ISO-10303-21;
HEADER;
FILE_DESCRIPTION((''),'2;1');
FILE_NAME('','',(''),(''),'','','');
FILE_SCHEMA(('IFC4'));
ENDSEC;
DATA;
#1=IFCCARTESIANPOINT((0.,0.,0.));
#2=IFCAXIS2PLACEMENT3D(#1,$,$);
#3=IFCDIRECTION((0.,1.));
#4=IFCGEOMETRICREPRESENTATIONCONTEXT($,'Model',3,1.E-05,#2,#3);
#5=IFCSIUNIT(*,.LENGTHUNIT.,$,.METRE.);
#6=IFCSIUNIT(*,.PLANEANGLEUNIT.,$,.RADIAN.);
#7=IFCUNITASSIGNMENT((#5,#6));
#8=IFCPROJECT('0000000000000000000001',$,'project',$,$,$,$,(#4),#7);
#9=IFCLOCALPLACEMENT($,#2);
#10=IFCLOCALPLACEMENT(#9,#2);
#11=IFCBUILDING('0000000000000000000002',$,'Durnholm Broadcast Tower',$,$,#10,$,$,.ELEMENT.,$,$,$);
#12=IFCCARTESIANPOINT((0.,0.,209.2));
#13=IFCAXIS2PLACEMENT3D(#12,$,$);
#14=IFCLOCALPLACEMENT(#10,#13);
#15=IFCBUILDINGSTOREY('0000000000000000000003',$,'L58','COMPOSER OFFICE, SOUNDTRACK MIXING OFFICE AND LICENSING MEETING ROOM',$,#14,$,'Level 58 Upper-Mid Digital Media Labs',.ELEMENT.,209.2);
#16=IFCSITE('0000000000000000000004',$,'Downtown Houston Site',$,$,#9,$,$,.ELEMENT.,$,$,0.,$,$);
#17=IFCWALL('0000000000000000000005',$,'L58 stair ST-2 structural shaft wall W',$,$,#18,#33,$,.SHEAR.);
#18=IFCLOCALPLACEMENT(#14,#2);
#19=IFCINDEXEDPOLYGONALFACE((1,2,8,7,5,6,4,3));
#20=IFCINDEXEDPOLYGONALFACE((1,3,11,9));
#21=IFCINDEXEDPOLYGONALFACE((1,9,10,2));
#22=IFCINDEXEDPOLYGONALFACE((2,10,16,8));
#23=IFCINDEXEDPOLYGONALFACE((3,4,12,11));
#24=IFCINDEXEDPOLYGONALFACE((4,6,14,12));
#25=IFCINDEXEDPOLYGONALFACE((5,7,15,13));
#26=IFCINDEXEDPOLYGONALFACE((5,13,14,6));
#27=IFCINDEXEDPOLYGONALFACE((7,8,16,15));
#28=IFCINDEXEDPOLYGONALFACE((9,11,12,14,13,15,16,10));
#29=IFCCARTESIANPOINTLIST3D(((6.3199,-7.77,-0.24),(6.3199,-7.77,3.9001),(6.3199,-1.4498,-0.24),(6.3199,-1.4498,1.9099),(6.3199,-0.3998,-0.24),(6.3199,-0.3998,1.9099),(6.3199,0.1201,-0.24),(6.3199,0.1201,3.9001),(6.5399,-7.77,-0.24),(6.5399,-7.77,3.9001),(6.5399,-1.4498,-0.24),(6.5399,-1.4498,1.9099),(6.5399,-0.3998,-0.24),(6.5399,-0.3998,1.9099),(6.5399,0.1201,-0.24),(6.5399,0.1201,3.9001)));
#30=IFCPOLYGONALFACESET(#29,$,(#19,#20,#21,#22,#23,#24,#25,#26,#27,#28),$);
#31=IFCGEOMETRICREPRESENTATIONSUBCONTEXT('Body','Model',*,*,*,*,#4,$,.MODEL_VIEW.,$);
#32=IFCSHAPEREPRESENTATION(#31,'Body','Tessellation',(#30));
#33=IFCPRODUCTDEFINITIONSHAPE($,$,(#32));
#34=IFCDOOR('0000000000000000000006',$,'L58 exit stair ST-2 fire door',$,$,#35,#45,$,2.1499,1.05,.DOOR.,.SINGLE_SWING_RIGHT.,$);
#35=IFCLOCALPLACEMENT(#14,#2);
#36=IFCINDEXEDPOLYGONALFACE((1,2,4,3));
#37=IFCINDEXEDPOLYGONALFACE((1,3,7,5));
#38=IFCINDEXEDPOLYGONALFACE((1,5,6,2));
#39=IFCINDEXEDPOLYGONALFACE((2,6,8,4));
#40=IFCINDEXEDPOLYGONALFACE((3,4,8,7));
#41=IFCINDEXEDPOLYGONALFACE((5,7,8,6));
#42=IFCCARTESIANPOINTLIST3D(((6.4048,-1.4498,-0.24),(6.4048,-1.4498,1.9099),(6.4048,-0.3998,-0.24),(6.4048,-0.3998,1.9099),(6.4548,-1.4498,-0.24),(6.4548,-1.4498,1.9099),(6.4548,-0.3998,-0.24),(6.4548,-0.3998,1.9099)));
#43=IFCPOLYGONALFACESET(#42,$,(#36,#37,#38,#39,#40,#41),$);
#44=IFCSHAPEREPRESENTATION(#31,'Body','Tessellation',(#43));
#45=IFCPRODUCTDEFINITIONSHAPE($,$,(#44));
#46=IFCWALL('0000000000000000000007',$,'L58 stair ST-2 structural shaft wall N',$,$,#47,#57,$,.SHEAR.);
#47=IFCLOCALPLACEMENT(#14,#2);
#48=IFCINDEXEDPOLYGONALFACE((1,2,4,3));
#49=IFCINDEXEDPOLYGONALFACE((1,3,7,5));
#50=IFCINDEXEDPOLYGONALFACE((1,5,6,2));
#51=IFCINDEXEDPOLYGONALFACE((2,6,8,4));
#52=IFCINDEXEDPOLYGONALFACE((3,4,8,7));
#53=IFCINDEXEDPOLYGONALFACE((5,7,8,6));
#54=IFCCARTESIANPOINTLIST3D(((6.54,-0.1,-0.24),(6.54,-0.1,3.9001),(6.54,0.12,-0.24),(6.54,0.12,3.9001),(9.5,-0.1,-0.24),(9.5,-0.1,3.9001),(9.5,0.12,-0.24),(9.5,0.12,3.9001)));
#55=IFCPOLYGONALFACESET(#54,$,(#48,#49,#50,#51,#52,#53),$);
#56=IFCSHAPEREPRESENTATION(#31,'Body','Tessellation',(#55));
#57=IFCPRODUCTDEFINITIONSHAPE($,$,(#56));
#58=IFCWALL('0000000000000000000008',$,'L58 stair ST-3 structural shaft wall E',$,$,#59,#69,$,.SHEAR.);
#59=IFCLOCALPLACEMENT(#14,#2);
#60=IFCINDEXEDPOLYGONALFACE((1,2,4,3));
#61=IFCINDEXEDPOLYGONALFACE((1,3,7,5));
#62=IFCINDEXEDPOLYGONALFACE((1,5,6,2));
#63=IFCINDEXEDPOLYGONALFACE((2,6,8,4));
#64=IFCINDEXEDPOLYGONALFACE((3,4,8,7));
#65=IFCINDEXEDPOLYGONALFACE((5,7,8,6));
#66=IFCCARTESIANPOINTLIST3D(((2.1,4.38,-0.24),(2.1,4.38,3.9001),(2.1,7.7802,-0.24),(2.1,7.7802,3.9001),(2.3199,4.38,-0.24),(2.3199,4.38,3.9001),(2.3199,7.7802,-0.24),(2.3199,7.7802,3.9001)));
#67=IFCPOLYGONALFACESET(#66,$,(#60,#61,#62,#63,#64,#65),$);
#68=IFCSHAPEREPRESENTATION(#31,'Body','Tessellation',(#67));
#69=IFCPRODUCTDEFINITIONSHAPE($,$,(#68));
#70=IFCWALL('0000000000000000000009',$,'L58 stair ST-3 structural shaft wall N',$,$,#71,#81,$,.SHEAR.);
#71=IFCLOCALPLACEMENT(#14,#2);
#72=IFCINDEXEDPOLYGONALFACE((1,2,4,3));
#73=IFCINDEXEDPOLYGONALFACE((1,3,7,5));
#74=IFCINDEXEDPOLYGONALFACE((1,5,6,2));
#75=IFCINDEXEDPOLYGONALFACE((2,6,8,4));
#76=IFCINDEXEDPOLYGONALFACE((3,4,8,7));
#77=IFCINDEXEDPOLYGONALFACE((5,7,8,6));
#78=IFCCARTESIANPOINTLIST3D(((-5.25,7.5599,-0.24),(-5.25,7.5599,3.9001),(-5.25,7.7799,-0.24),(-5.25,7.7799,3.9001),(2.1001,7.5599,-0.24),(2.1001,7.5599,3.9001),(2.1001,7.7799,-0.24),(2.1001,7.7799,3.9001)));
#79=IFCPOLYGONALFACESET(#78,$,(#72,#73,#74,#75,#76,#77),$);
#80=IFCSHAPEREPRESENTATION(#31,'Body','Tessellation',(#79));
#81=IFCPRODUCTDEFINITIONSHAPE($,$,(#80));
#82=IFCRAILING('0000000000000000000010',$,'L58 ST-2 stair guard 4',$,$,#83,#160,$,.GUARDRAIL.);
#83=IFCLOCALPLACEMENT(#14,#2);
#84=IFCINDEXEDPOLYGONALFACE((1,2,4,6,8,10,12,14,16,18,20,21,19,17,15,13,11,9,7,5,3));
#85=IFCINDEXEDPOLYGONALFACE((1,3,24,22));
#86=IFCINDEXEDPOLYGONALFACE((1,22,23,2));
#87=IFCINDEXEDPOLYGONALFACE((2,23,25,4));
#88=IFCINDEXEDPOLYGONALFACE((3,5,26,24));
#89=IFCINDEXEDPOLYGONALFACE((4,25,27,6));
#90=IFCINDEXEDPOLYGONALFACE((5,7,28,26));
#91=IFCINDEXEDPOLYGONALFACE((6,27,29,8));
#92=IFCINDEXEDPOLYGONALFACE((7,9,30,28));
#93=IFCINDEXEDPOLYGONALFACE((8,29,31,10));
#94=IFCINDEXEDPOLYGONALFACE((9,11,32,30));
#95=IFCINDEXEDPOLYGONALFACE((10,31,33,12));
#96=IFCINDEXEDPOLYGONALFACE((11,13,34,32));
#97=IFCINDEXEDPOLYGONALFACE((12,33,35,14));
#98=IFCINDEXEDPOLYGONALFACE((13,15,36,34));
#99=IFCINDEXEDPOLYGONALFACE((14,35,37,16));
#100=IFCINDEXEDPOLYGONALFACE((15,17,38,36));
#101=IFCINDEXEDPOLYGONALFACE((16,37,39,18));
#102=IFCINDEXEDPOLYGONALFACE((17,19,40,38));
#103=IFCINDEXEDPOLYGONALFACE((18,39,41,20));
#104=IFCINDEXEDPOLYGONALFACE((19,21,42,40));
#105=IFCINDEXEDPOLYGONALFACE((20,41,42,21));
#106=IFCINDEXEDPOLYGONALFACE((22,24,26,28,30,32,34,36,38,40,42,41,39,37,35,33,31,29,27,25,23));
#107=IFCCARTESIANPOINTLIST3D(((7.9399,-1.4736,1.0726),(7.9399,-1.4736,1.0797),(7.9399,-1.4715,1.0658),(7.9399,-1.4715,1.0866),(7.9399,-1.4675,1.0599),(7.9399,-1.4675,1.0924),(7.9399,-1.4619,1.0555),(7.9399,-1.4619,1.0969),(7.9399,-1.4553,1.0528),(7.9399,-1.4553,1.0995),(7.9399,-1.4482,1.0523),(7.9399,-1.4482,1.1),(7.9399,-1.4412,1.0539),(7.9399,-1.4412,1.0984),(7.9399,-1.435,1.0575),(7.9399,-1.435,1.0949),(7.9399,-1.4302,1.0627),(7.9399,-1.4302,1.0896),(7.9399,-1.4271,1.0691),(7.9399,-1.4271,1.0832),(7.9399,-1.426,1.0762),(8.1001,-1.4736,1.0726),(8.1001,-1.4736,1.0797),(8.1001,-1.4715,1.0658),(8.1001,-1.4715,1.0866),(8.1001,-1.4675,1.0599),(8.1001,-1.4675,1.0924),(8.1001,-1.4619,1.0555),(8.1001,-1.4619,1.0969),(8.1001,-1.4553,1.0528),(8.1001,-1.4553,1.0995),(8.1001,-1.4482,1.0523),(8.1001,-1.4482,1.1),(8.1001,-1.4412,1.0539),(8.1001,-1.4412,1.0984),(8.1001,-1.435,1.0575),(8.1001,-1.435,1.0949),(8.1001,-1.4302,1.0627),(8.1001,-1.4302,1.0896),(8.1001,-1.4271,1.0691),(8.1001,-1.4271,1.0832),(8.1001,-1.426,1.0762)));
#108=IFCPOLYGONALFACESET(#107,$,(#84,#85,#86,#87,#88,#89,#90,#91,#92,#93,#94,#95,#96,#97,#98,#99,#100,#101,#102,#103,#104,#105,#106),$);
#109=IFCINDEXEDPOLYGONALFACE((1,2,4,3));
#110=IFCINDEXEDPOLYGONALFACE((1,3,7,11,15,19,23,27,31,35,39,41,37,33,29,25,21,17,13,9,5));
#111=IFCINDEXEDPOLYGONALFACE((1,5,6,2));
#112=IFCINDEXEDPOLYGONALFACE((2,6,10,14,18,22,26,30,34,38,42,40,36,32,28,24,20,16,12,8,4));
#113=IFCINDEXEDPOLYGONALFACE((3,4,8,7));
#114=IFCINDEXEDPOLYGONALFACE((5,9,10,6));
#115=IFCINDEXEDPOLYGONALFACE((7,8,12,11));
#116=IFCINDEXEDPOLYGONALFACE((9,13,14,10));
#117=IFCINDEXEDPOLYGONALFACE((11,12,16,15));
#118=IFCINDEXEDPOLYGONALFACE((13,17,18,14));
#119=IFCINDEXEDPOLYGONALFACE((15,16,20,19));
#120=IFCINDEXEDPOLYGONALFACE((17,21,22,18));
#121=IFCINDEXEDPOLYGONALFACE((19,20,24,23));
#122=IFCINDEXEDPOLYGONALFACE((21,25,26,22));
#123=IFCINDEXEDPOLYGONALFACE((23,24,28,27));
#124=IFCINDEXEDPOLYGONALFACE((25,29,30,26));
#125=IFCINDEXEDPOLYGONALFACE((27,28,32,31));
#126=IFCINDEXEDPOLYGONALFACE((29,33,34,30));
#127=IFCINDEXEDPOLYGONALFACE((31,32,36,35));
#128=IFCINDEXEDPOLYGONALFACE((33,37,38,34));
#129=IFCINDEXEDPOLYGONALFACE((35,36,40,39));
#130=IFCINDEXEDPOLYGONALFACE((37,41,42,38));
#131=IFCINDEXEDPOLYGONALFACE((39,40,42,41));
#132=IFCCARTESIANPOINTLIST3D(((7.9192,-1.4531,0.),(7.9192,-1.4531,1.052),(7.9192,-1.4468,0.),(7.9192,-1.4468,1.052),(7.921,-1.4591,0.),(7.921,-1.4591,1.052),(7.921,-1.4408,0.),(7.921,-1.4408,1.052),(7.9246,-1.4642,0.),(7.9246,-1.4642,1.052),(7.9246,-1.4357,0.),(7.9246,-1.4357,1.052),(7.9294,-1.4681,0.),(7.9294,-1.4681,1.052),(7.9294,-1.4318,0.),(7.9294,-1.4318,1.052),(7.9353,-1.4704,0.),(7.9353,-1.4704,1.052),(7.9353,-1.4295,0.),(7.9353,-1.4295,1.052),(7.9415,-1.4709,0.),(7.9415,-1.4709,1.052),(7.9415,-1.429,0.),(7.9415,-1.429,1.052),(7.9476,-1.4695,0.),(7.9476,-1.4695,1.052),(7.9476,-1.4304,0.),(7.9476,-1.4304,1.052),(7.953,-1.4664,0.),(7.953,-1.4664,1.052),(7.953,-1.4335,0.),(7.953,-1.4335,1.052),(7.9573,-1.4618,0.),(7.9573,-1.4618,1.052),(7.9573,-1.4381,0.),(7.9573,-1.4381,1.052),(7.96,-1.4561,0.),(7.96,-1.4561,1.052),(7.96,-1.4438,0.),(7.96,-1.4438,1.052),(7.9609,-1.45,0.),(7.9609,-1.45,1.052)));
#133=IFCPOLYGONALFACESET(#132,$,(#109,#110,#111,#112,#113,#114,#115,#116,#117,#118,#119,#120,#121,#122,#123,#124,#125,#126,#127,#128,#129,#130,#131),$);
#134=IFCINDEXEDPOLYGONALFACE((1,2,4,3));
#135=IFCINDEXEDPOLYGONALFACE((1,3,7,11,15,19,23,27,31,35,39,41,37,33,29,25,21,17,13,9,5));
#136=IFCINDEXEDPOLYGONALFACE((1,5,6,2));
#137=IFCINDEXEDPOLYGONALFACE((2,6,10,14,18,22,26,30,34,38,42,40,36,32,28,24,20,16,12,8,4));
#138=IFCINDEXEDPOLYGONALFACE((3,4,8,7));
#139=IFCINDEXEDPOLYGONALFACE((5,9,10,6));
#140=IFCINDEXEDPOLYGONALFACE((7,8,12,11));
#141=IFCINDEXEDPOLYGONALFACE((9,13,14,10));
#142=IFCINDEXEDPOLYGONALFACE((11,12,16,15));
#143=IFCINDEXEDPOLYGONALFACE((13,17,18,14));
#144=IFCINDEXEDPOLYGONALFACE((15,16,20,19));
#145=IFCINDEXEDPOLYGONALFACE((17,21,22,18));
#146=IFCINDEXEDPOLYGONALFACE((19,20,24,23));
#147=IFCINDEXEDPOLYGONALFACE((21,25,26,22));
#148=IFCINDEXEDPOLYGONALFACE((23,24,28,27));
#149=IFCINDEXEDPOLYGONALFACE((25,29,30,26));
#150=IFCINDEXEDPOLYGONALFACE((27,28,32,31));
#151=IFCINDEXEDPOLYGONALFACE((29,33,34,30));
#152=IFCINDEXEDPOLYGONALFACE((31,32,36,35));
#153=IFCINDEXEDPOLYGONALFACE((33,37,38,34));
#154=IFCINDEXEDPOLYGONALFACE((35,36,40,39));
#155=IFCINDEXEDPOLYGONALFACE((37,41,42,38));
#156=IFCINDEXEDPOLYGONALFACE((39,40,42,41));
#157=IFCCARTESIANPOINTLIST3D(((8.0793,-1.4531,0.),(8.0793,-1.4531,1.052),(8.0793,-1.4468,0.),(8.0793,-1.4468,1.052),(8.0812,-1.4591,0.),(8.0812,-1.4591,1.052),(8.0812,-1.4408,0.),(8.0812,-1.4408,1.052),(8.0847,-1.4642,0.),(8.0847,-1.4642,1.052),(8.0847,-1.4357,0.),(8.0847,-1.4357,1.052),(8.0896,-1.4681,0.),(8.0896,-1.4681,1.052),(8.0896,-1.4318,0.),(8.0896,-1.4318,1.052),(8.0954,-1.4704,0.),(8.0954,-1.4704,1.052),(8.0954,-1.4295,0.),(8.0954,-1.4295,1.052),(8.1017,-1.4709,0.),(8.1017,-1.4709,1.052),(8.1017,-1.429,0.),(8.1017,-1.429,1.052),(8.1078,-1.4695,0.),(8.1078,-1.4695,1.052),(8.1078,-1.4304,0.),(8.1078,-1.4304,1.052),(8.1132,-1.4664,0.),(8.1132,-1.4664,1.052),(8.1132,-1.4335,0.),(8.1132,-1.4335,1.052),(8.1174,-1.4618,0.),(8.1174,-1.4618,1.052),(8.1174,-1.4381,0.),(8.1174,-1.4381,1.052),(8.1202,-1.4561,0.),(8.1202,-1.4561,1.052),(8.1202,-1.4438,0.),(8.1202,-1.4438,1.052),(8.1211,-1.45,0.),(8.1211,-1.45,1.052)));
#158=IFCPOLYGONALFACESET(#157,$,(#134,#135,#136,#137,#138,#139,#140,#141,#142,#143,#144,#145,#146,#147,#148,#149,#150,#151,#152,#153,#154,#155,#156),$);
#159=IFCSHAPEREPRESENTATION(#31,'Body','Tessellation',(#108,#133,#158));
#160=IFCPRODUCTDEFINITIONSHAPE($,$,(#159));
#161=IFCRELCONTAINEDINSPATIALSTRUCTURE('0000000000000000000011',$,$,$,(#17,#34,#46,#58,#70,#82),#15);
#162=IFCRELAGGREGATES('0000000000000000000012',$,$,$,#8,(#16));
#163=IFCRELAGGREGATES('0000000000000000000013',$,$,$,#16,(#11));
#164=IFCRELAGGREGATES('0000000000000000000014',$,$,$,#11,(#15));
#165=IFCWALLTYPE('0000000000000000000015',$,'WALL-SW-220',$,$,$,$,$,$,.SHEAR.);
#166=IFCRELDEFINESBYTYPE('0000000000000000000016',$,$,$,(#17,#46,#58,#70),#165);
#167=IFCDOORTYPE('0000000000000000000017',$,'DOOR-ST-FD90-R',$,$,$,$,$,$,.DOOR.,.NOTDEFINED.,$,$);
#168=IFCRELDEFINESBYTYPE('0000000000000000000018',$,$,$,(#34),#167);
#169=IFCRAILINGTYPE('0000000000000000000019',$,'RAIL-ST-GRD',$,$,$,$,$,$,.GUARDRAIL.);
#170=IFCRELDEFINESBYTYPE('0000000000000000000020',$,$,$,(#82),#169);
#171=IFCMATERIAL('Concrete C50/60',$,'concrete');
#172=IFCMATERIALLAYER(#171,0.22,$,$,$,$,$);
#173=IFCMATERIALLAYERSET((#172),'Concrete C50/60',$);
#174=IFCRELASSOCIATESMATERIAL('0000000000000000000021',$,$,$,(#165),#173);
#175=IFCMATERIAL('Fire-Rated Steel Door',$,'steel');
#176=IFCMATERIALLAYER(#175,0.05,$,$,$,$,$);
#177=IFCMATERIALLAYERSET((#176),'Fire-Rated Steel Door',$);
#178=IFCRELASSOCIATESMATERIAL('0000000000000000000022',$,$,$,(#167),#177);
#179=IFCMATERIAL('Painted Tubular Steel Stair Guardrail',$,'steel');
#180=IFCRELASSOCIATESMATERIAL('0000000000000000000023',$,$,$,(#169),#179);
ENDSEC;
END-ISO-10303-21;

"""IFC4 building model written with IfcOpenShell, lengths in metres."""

from ifc_helpers import new_model, si_unit, direction, frame, frame_2d, origin, origin_2d, place, context, subcontext, project, spatial, rectangle, circle, extrude, source, transform, mapped, material, layer, layer_set, type_object, type_shapes, element, fill, save


model = new_model("IFC4")

# Units and contexts
model_context = context("Model", 3, precision=1e-05, world=origin(), true_north=direction((0.0, 1.0)))
body_context = subcontext(model_context, "Body", "Model", "MODEL_VIEW")
ifc_project = project(units=[si_unit("LENGTHUNIT", "METRE"), si_unit("PLANEANGLEUNIT", "RADIAN")], contexts=[model_context])

# Site, building, storey
site_placement = place(None, origin())
site = spatial("IfcSite", under=ifc_project, at=site_placement, Name="Downtown Houston Site", CompositionType="ELEMENT", RefElevation=0.0)
building_placement = place(site_placement, origin())
building = spatial("IfcBuilding", under=site, at=building_placement, Name="Durnholm Broadcast Tower", CompositionType="ELEMENT")
storey_placement = place(building_placement, frame((0.0, 0.0, 209.2)))
storey = spatial("IfcBuildingStorey", under=building, at=storey_placement, Name="L58", Description="COMPOSER OFFICE, SOUNDTRACK MIXING OFFICE AND LICENSING MEETING ROOM", LongName="Level 58 Upper-Mid Digital Media Labs", CompositionType="ELEMENT", Elevation=209.2)

# Wall, opening, door
ifc_material_1 = material(Name="Concrete C50/60", Category="concrete")
ifc_layer_1 = layer(ifc_material_1, 0.22)
ifc_layer_set_1 = layer_set([ifc_layer_1], Name="Concrete C50/60")
wall_type_1 = type_object("IfcWallType", Name="WALL-SW-220", PredefinedType="SHEAR", material=ifc_layer_set_1)
wall_1_placement = place(storey_placement, frame((6.4299, 0.1201, -0.24), z_axis=(0.0, 0.0, 1.0), x_axis=(0.0, -1.0, 0.0)))
wall_1 = element("IfcWall", 1, at=wall_1_placement, inside=storey, type_object=wall_type_1, Name="L58 stair ST-2 structural shaft wall W", PredefinedType="SHEAR", context=body_context, shape_type="SweptSolid", body=[
    extrude(rectangle(XDim=7.8901, YDim=0.22, at=frame_2d((3.9451, 0.0))), origin(), (0.0, 0.0, 1.0), 4.1401),
])
opening_1_placement = place(wall_1_placement, frame((0.52, 0.0, 0.0)))
opening_1 = element("IfcOpeningElement", 2, at=opening_1_placement, cuts=wall_1, PredefinedType="OPENING", context=body_context, shape_type="SweptSolid", body=[
    extrude(rectangle(XDim=1.05, YDim=2.1499, at=frame_2d((0.5249, 1.075))), frame((0.0, 0.1201, 0.0), z_axis=(0.0, -1.0, 0.0), x_axis=(1.0, 0.0, 0.0)), (0.0, 0.0, 1.0), 0.24),
])
ifc_material_2 = material(Name="Fire-Rated Steel Door", Category="steel")
ifc_layer_2 = layer(ifc_material_2, 0.05)
ifc_layer_set_2 = layer_set([ifc_layer_2], Name="Fire-Rated Steel Door")
door_type_1 = type_object("IfcDoorType", Name="DOOR-ST-FD90-R", OperationType="NOTDEFINED", PredefinedType="DOOR", material=ifc_layer_set_2)
shared_shape_1 = source(origin(), body_context, "Body", "SweptSolid", [
    extrude(rectangle(XDim=1.05, YDim=2.1499, at=frame_2d((0.5249, 1.075))), frame((0.0, 0.0249, 0.0), z_axis=(0.0, -1.0, 0.0), x_axis=(1.0, 0.0, 0.0)), (0.0, 0.0, 1.0), 0.05),
])
type_shapes(door_type_1, [shared_shape_1])
door_1_placement = place(opening_1_placement, origin())
door_1 = element("IfcDoor", 3, at=door_1_placement, inside=storey, type_object=door_type_1, Name="L58 exit stair ST-2 fire door", OperationType="SINGLE_SWING_RIGHT", OverallHeight=2.1499, OverallWidth=1.05, PredefinedType="DOOR", context=body_context, shape_type="MappedRepresentation", body=[
    mapped(shared_shape_1, transform((0.0, 0.0, 0.0), x_axis=(1.0, 0.0, 0.0), y_axis=(0.0, 1.0, 0.0), z_axis=(0.0, 0.0, 1.0), scale=1.0)),
])
fill(opening_1, door_1)

# Walls
wall_2_placement = place(storey_placement, frame((9.5, 0.01, -0.24), z_axis=(0.0, 0.0, 1.0), x_axis=(-1.0, 0.0, 0.0)))
element("IfcWall", 4, at=wall_2_placement, inside=storey, type_object=wall_type_1, Name="L58 stair ST-2 structural shaft wall N", PredefinedType="SHEAR", context=body_context, shape_type="SweptSolid", body=[
    extrude(rectangle(XDim=2.96, YDim=0.22, at=frame_2d((1.48, 0.0))), origin(), (0.0, 0.0, 1.0), 4.1401),
])
wall_3_placement = place(storey_placement, frame((2.21, 4.3799, -0.24), z_axis=(0.0, 0.0, 1.0), x_axis=(0.0, 1.0, 0.0)))
element("IfcWall", 5, at=wall_3_placement, inside=storey, type_object=wall_type_1, Name="L58 stair ST-3 structural shaft wall E", PredefinedType="SHEAR", context=body_context, shape_type="SweptSolid", body=[
    extrude(rectangle(XDim=3.4001, YDim=0.22, at=frame_2d((1.7002, 0.0))), origin(), (0.0, 0.0, 1.0), 4.1401),
])
wall_4_placement = place(storey_placement, frame((2.1001, 7.6699, -0.24), z_axis=(0.0, 0.0, 1.0), x_axis=(-1.0, 0.0, 0.0)))
element("IfcWall", 6, at=wall_4_placement, inside=storey, type_object=wall_type_1, Name="L58 stair ST-3 structural shaft wall N", PredefinedType="SHEAR", context=body_context, shape_type="SweptSolid", body=[
    extrude(rectangle(XDim=7.3501, YDim=0.22, at=frame_2d((3.675, 0.0))), origin(), (0.0, 0.0, 1.0), 4.1401),
])

# Railing
ifc_material_3 = material(Name="Painted Tubular Steel Stair Guardrail", Category="steel")
railing_type = type_object("IfcRailingType", Name="RAIL-ST-GRD", PredefinedType="GUARDRAIL", material=ifc_material_3)
railing_placement = place(storey_placement, frame((7.9399, -1.45, 0.0)))
element("IfcRailing", 7, at=railing_placement, inside=storey, type_object=railing_type, Name="L58 ST-2 stair guard 4", PredefinedType="GUARDRAIL", context=body_context, shape_type="SweptSolid", body=[
    extrude(circle(Radius=0.0239, at=origin_2d()), frame((0.0, 0.0, 1.0762), z_axis=(1.0, 0.0, 0.0), x_axis=(0.0, 1.0, 0.0)), (0.0, 0.0, 1.0), 0.1602),
    extrude(circle(Radius=0.021, at=origin_2d()), origin(), (0.0, 0.0, 1.0), 1.052),
    extrude(circle(Radius=0.021, at=origin_2d()), frame((0.1602, 0.0, 0.0)), (0.0, 0.0, 1.0), 1.052),
])

save(model, "model.ifc")
